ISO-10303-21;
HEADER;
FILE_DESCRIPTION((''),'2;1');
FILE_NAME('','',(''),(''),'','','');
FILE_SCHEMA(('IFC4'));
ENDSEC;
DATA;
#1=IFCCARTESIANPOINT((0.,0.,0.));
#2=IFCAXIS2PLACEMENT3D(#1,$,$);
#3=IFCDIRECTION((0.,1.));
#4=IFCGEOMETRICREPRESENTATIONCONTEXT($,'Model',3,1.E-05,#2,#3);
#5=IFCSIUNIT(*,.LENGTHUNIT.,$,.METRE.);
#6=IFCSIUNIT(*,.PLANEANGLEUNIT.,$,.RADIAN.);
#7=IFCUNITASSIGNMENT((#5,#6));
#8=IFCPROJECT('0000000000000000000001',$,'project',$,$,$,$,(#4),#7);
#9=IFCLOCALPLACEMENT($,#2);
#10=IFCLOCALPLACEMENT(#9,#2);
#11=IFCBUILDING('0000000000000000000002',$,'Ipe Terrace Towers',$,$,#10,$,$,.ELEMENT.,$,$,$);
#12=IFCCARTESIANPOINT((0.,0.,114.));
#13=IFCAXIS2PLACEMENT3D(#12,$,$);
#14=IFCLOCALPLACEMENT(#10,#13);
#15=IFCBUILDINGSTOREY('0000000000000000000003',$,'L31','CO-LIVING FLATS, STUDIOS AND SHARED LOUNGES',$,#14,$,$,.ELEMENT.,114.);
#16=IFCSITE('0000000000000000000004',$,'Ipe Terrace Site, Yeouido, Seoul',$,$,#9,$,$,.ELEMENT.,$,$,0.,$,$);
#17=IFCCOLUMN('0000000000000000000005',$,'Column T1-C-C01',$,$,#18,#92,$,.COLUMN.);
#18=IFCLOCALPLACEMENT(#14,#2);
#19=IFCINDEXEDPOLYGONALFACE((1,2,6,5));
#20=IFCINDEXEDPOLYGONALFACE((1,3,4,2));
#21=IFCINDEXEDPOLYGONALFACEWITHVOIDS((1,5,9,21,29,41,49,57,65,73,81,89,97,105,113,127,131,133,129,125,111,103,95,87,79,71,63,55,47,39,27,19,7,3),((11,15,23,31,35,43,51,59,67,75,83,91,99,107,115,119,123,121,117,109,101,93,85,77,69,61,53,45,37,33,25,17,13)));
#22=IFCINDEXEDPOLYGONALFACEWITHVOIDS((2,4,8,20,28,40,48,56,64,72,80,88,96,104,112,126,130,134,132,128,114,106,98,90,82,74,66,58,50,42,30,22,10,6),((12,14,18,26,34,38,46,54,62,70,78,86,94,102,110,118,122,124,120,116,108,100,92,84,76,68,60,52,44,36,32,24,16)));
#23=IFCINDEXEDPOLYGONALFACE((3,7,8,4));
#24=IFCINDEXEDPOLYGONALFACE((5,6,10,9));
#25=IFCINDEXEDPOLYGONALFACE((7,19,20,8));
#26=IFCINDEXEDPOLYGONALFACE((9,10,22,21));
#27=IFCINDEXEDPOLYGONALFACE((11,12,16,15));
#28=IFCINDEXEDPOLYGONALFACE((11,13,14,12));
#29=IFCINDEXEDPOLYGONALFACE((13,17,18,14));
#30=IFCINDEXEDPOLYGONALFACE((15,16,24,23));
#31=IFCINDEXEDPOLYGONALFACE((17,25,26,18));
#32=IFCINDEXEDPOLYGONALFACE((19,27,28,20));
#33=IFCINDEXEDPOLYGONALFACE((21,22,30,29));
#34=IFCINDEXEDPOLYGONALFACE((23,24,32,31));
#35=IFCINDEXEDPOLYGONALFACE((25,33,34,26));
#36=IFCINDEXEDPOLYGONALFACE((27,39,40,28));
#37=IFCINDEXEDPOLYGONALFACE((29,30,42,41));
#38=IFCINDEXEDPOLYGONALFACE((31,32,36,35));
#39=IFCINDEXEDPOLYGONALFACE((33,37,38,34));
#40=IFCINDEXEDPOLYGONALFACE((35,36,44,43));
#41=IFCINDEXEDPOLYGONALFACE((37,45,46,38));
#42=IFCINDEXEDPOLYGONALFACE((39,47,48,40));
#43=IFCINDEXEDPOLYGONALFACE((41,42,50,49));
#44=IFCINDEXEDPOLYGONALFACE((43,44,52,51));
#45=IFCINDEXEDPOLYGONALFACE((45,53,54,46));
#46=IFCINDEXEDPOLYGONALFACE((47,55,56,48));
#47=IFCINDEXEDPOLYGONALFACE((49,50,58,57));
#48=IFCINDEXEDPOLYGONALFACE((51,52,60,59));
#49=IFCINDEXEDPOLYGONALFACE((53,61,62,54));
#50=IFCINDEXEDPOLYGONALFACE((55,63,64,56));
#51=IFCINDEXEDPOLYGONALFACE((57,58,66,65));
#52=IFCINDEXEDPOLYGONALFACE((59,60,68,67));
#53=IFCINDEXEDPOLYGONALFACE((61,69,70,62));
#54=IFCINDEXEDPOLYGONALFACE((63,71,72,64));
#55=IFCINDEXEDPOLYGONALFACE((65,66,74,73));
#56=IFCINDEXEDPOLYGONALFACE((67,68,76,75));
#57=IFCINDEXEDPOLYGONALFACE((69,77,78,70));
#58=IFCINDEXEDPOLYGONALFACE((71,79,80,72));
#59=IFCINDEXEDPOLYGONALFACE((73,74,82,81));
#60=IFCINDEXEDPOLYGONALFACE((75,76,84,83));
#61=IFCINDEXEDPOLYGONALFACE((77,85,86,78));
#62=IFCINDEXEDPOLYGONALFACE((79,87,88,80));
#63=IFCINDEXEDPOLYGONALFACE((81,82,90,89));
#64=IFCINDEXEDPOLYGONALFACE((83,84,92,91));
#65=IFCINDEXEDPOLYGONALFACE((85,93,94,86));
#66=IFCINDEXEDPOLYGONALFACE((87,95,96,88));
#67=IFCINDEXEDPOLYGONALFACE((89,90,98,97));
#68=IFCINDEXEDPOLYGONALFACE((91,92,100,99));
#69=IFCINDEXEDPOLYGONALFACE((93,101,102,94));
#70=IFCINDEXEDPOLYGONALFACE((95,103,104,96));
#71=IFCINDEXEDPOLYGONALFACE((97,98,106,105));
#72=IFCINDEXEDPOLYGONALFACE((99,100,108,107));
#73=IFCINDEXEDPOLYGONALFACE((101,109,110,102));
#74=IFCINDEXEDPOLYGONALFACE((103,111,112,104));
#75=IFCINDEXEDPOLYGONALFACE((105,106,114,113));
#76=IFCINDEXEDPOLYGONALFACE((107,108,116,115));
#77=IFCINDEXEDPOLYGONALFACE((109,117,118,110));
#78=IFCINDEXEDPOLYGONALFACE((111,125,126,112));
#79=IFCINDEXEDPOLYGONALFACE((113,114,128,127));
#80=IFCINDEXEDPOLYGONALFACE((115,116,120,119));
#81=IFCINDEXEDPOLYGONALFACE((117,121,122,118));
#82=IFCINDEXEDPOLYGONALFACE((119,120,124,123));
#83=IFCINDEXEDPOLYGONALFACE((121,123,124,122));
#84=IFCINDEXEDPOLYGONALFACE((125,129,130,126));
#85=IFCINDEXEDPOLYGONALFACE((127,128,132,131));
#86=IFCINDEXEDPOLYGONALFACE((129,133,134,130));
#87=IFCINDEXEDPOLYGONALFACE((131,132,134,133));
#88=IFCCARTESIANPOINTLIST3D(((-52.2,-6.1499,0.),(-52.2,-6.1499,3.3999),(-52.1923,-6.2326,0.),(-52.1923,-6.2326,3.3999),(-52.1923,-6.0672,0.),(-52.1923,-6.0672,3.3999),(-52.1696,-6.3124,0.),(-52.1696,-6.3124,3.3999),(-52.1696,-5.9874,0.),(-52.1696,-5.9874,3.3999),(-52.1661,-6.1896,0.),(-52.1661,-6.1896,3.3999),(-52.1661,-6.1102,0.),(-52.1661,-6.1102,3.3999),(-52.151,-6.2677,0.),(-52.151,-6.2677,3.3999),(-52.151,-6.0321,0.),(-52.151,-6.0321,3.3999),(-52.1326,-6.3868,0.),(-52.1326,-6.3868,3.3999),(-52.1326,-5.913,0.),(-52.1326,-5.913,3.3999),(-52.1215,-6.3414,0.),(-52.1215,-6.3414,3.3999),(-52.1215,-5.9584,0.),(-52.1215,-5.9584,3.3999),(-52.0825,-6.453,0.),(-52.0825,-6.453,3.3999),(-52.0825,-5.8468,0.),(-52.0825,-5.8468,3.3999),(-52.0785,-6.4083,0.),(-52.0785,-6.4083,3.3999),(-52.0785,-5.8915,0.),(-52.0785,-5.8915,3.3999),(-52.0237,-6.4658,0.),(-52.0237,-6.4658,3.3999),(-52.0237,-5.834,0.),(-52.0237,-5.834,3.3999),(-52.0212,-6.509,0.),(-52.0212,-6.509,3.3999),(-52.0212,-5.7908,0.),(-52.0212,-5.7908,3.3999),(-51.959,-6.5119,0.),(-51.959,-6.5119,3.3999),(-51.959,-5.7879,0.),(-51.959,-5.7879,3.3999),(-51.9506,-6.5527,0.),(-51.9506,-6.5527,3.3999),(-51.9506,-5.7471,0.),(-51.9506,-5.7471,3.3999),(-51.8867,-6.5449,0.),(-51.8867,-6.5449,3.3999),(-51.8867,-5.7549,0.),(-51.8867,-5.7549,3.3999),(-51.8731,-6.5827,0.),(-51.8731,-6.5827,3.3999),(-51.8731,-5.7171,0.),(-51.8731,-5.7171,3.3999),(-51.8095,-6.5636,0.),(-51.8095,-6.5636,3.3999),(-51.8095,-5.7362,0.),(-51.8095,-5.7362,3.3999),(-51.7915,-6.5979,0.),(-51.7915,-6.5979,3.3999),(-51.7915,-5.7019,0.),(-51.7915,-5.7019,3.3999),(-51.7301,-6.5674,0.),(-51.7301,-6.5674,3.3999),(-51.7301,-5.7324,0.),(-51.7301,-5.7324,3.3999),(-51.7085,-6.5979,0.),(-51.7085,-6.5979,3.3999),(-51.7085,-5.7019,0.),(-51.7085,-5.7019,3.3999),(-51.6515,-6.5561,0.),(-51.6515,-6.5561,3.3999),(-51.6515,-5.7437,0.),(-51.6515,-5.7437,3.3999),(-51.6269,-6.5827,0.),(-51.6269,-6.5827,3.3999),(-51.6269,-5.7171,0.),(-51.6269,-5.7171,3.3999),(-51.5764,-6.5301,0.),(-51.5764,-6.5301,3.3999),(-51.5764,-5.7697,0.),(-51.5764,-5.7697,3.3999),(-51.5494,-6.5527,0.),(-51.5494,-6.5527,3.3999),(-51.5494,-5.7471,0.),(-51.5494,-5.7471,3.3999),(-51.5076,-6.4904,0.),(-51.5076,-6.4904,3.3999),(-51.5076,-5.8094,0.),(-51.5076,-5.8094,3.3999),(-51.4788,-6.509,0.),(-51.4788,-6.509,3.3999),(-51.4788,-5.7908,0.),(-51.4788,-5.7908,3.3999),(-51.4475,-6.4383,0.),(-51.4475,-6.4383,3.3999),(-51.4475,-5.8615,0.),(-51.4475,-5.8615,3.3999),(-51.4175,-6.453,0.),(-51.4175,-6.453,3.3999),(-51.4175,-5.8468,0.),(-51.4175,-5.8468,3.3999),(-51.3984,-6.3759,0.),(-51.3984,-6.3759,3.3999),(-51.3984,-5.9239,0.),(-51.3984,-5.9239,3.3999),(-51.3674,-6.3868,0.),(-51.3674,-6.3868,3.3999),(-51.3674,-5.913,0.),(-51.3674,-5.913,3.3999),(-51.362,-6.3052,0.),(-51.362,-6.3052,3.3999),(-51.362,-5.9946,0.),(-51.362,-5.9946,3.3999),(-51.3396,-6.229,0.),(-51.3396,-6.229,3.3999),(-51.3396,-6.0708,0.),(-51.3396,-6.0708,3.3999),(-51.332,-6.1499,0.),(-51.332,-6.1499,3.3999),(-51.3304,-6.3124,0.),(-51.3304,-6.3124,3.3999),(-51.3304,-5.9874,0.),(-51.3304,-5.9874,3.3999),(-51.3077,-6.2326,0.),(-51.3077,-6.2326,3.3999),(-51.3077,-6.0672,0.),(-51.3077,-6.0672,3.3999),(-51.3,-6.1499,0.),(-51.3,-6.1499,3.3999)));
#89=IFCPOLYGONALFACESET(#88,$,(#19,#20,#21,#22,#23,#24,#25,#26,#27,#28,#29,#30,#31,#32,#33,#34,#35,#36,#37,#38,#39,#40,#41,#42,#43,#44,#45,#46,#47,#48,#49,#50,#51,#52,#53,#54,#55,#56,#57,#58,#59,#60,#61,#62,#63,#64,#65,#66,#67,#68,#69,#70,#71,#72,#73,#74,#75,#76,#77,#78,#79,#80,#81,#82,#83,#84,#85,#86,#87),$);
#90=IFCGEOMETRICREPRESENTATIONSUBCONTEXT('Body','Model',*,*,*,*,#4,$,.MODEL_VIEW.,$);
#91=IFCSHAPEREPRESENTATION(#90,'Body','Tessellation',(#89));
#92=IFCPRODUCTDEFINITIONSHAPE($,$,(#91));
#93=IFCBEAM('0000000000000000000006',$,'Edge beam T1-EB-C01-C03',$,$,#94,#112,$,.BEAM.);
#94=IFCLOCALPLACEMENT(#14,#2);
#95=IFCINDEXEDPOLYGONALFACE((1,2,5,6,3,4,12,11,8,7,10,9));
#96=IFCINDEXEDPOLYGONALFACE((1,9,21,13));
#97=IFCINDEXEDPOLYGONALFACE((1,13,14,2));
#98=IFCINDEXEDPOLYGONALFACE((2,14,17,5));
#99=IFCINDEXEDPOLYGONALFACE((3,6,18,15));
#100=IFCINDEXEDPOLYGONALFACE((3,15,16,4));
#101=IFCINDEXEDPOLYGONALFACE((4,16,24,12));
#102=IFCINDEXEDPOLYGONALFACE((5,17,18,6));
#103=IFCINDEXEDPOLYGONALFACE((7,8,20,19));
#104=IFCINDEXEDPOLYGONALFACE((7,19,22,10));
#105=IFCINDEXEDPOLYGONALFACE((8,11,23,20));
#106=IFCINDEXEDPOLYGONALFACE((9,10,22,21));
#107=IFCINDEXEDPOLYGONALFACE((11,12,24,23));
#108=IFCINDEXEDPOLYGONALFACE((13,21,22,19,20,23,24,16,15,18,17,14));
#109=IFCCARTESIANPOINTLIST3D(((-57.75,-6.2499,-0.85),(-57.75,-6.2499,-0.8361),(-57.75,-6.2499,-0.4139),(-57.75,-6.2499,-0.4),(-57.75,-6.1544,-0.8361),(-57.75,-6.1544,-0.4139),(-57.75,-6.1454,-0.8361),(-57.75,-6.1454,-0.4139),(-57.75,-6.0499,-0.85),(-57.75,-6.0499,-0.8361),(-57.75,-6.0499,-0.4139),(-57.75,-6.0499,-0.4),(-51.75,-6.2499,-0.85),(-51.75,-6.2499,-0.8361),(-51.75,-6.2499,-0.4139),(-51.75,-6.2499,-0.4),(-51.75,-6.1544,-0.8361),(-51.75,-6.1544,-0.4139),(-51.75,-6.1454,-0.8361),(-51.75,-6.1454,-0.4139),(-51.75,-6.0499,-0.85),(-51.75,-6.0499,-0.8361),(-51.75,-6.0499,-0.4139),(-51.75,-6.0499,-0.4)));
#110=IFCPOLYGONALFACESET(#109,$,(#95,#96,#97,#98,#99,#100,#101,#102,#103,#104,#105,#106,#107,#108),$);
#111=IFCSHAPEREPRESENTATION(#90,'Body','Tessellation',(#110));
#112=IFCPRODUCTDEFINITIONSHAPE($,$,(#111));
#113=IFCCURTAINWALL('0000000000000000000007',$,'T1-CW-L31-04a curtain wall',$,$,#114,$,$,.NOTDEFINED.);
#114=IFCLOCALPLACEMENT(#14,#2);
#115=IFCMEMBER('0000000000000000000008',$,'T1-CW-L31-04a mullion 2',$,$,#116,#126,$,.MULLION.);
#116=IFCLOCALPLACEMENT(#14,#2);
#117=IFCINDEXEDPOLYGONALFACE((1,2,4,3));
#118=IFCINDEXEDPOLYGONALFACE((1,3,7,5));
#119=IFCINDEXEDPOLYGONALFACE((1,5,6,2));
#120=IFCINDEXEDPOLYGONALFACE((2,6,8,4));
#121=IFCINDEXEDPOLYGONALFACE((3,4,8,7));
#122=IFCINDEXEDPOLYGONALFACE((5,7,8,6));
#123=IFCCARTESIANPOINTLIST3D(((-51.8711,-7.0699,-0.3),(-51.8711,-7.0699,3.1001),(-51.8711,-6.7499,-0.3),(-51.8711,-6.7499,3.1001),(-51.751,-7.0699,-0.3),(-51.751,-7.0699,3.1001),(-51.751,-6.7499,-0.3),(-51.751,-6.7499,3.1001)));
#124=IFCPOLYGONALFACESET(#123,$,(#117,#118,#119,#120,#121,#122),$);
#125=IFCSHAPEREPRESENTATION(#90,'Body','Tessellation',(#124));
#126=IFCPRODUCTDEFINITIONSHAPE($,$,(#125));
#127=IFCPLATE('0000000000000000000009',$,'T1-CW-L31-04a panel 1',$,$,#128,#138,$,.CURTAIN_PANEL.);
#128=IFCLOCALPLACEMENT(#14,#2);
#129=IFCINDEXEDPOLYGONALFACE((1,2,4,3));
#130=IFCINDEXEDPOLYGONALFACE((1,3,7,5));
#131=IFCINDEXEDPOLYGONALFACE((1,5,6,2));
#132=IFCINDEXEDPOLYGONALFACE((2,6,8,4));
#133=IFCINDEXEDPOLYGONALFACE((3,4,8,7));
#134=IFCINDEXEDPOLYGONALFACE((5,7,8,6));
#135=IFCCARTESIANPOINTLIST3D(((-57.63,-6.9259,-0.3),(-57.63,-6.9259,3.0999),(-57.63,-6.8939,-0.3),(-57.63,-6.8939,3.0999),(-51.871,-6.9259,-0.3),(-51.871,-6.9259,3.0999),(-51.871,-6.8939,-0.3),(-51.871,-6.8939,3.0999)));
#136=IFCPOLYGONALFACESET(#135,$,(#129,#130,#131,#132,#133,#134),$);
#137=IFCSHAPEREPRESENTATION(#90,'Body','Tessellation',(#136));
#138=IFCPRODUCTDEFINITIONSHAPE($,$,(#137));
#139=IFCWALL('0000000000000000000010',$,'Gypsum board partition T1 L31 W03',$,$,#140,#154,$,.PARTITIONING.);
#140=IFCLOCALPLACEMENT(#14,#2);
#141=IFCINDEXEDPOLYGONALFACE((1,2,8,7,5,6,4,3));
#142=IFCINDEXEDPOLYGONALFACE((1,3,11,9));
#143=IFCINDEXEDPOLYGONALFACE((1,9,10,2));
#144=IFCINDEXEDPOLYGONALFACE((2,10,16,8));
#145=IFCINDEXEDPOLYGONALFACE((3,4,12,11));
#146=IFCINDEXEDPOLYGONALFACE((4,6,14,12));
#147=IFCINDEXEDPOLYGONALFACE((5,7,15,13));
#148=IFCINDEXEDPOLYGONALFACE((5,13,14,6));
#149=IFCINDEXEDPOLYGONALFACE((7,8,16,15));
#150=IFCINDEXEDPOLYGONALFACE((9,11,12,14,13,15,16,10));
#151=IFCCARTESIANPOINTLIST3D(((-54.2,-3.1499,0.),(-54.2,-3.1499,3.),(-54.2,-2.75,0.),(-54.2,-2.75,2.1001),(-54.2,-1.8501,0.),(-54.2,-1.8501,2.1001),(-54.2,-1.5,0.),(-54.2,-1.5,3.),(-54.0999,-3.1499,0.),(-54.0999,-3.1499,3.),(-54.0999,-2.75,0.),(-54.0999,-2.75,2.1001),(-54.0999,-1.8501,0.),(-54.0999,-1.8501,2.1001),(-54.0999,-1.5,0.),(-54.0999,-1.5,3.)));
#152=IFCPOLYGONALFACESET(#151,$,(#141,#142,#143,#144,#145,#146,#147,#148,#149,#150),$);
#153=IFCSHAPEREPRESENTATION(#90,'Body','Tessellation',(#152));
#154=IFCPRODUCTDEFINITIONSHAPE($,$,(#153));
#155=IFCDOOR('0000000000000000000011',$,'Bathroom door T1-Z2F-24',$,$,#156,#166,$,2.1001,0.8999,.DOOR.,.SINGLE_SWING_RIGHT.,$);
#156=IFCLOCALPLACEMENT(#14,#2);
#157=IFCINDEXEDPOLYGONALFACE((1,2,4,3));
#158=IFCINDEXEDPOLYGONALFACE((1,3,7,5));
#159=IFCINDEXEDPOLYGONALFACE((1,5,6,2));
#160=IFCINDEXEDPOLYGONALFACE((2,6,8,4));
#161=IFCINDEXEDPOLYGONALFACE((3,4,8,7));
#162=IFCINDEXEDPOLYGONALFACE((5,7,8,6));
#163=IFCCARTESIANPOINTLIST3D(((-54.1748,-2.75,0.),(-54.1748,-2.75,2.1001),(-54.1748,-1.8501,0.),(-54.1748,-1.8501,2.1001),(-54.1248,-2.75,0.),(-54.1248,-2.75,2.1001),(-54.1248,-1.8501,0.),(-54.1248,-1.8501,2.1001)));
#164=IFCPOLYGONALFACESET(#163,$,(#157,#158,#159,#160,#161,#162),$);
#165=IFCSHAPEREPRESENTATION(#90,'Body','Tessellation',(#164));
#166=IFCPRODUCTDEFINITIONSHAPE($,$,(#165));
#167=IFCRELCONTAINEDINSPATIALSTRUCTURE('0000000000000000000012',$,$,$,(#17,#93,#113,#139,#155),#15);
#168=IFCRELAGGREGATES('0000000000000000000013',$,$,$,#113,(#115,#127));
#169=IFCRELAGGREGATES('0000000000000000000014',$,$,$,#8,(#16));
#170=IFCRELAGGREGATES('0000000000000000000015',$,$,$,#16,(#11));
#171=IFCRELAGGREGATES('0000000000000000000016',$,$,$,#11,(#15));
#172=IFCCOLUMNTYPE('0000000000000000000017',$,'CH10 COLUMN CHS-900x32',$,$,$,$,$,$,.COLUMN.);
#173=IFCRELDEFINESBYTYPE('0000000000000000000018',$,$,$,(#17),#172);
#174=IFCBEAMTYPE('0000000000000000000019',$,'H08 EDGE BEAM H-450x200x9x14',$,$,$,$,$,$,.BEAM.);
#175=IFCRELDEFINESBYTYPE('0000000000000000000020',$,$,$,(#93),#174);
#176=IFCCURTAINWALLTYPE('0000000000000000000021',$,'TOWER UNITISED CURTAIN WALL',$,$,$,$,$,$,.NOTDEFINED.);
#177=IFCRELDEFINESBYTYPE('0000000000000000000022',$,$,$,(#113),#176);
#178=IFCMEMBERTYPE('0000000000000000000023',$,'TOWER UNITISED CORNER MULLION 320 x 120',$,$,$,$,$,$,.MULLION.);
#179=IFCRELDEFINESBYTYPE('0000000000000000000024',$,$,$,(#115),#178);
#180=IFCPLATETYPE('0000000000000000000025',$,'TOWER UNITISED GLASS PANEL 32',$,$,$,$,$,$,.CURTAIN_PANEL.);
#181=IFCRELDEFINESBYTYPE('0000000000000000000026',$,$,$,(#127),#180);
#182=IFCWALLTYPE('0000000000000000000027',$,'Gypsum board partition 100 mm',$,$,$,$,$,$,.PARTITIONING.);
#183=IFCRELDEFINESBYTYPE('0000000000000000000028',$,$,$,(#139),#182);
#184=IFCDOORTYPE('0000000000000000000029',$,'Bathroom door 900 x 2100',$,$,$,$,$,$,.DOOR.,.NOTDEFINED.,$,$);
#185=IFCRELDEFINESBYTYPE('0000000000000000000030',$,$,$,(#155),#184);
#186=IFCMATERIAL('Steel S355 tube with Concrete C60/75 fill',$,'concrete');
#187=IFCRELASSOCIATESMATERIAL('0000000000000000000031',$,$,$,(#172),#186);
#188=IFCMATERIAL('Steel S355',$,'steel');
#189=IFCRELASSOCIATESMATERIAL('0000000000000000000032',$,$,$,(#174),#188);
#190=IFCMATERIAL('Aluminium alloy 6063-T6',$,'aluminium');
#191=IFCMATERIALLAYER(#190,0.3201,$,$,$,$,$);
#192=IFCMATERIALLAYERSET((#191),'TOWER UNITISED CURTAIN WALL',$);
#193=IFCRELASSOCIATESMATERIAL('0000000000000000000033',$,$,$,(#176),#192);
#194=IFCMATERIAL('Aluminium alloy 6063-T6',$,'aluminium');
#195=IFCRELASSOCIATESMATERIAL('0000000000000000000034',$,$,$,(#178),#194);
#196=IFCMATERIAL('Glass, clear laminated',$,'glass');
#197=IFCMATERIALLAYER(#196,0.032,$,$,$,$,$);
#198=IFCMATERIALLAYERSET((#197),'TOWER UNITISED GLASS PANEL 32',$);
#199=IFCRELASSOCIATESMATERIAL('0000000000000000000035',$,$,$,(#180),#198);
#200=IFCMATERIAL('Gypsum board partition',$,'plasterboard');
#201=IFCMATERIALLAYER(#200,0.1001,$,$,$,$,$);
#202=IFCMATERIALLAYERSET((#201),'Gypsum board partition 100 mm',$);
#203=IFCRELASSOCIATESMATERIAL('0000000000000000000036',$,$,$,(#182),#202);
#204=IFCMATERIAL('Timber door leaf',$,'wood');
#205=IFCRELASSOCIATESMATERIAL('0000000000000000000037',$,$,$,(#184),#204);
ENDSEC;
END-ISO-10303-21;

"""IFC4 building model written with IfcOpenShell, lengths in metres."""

from ifc_helpers import new_model, si_unit, direction, frame, frame_2d, origin, origin_2d, place, context, subcontext, project, spatial, rectangle, hollow_circle, i_section, extrude, material, layer, layer_set, material_profile, profile_set, type_object, element, fill, aggregate, save


model = new_model("IFC4")

# Units and contexts
model_context = context("Model", 3, precision=1e-05, world=origin(), true_north=direction((0.0, 1.0)))
body_context = subcontext(model_context, "Body", "Model", "MODEL_VIEW")
ifc_project = project(units=[si_unit("LENGTHUNIT", "METRE"), si_unit("PLANEANGLEUNIT", "RADIAN")], contexts=[model_context])

# Site, building, storey
site_placement = place(None, origin())
site = spatial("IfcSite", under=ifc_project, at=site_placement, Name="Ipe Terrace Site, Yeouido, Seoul", CompositionType="ELEMENT", RefElevation=0.0)
building_placement = place(site_placement, origin())
building = spatial("IfcBuilding", under=site, at=building_placement, Name="Ipe Terrace Towers", CompositionType="ELEMENT")
storey_placement = place(building_placement, frame((0.0, 0.0, 114.0)))
storey = spatial("IfcBuildingStorey", under=building, at=storey_placement, Name="L31", Description="CO-LIVING FLATS, STUDIOS AND SHARED LOUNGES", CompositionType="ELEMENT", Elevation=114.0)

# Column
ifc_material_1 = material(Name="Steel S355 tube with Concrete C60/75 fill", Category="concrete")
ifc_material_profile_1 = material_profile(ifc_material_1, hollow_circle(Radius=0.45, WallThickness=0.032, at=origin_2d()), Name="CHS-900x32")
ifc_profile_set_1 = profile_set([ifc_material_profile_1], Name="Steel S355 tube with Concrete C60/75 fill")
column_type = type_object("IfcColumnType", Name="CH10 COLUMN CHS-900x32", PredefinedType="COLUMN", material=ifc_profile_set_1)
column_placement = place(storey_placement, frame((-51.75, -6.1499, 0.0), z_axis=(0.0, 0.0, 1.0), x_axis=(1.0, 0.0, 0.0)))
element("IfcColumn", 1, at=column_placement, inside=storey, type_object=column_type, Name="Column T1-C-C01", PredefinedType="COLUMN", context=body_context, shape_type="SweptSolid", body=[
    extrude(hollow_circle(Radius=0.45, WallThickness=0.032, at=origin_2d()), origin(), (0.0, 0.0, 1.0), 3.3999),
])

# Beam
ifc_material_2 = material(Name="Steel S355", Category="steel")
ifc_material_profile_2 = material_profile(ifc_material_2, i_section(OverallWidth=0.2, OverallDepth=0.45, WebThickness=0.009, FlangeThickness=0.0139, at=origin_2d()), Name="H-450x200x9x14")
ifc_profile_set_2 = profile_set([ifc_material_profile_2], Name="Steel S355")
beam_type = type_object("IfcBeamType", Name="H08 EDGE BEAM H-450x200x9x14", PredefinedType="BEAM", material=ifc_profile_set_2)
beam_placement = place(storey_placement, frame((-51.75, -6.1499, -0.625), z_axis=(-1.0, 0.0, 0.0), x_axis=(0.0, -1.0, 0.0)))
element("IfcBeam", 2, at=beam_placement, inside=storey, type_object=beam_type, Name="Edge beam T1-EB-C01-C03", PredefinedType="BEAM", context=body_context, shape_type="SweptSolid", body=[
    extrude(i_section(OverallWidth=0.2, OverallDepth=0.45, WebThickness=0.009, FlangeThickness=0.0139, at=origin_2d()), origin(), (0.0, 0.0, 1.0), 6.0),
])

# Curtain wall, member, plate
ifc_material_3 = material(Name="Aluminium alloy 6063-T6", Category="aluminium")
ifc_layer_1 = layer(ifc_material_3, 0.3201)
ifc_layer_set_1 = layer_set([ifc_layer_1], Name="TOWER UNITISED CURTAIN WALL")
curtain_wall_type = type_object("IfcCurtainWallType", Name="TOWER UNITISED CURTAIN WALL", PredefinedType="NOTDEFINED", material=ifc_layer_set_1)
curtain_wall_placement = place(storey_placement, origin())
curtain_wall = element("IfcCurtainWall", 3, at=curtain_wall_placement, inside=storey, type_object=curtain_wall_type, Name="T1-CW-L31-04a curtain wall", PredefinedType="NOTDEFINED")
ifc_material_4 = material(Name="Aluminium alloy 6063-T6", Category="aluminium")
ifc_material_profile_3 = material_profile(ifc_material_4, rectangle(XDim=0.3201, YDim=0.1201, at=origin_2d()), Name="TOWER UNITISED CORNER MULLION 320 x 120")
ifc_profile_set_3 = profile_set([ifc_material_profile_3], Name="Aluminium alloy 6063-T6")
member_type = type_object("IfcMemberType", Name="TOWER UNITISED CORNER MULLION 320 x 120", PredefinedType="MULLION", material=ifc_profile_set_3)
member_placement = place(storey_placement, frame((-51.811, -6.9099, -0.3), z_axis=(0.0, 0.0, 1.0), x_axis=(0.0, -1.0, 0.0)))
member = element("IfcMember", 4, at=member_placement, type_object=member_type, Name="T1-CW-L31-04a mullion 2", PredefinedType="MULLION", context=body_context, shape_type="SweptSolid", body=[
    extrude(rectangle(XDim=0.3201, YDim=0.1201, at=origin_2d()), origin(), (0.0, 0.0, 1.0), 3.4001),
])
ifc_material_5 = material(Name="Glass, clear laminated", Category="glass")
ifc_layer_2 = layer(ifc_material_5, 0.032)
ifc_layer_set_2 = layer_set([ifc_layer_2], Name="TOWER UNITISED GLASS PANEL 32")
plate_type = type_object("IfcPlateType", Name="TOWER UNITISED GLASS PANEL 32", PredefinedType="CURTAIN_PANEL", material=ifc_layer_set_2)
plate_placement = place(storey_placement, frame((-54.7505, -6.9099, -0.3), z_axis=(0.0, 0.0, 1.0), x_axis=(1.0, 0.0, 0.0)))
plate = element("IfcPlate", 5, at=plate_placement, type_object=plate_type, Name="T1-CW-L31-04a panel 1", PredefinedType="CURTAIN_PANEL", context=body_context, shape_type="SweptSolid", body=[
    extrude(rectangle(XDim=5.759, YDim=0.032, at=origin_2d()), origin(), (0.0, 0.0, 1.0), 3.3999),
])
aggregate(curtain_wall, [member, plate])

# Wall, opening, door
ifc_material_6 = material(Name="Gypsum board partition", Category="plasterboard")
ifc_layer_3 = layer(ifc_material_6, 0.1001)
ifc_layer_set_3 = layer_set([ifc_layer_3], Name="Gypsum board partition 100 mm")
wall_type_1 = type_object("IfcWallType", Name="Gypsum board partition 100 mm", PredefinedType="PARTITIONING", material=ifc_layer_set_3)
wall_1_placement = place(storey_placement, frame((-54.1499, -3.1499, 0.0), z_axis=(0.0, 0.0, 1.0), x_axis=(0.0, 1.0, 0.0)))
wall_1 = element("IfcWall", 6, at=wall_1_placement, inside=storey, type_object=wall_type_1, Name="Gypsum board partition T1 L31 W03", PredefinedType="PARTITIONING", context=body_context, shape_type="SweptSolid", body=[
    extrude(rectangle(XDim=1.6499, YDim=0.1001, at=frame_2d((0.825, 0.0))), origin(), (0.0, 0.0, 1.0), 3.0),
])
opening_1_placement = place(wall_1_placement, frame((0.3999, 0.0, 0.0)))
opening_1 = element("IfcOpeningElement", 7, at=opening_1_placement, cuts=wall_1, PredefinedType="OPENING", context=body_context, shape_type="SweptSolid", body=[
    extrude(rectangle(XDim=0.8999, YDim=2.1001, at=frame_2d((0.45, 1.05))), frame((0.0, 0.0601, 0.0), z_axis=(0.0, -1.0, 0.0), x_axis=(1.0, 0.0, 0.0)), (0.0, 0.0, 1.0), 0.1201),
])
ifc_material_7 = material(Name="Timber door leaf", Category="wood")
door_type_1 = type_object("IfcDoorType", Name="Bathroom door 900 x 2100", OperationType="NOTDEFINED", PredefinedType="DOOR", material=ifc_material_7)
door_1_placement = place(opening_1_placement, origin())
door_1 = element("IfcDoor", 8, at=door_1_placement, inside=storey, type_object=door_type_1, Name="Bathroom door T1-Z2F-24", OperationType="SINGLE_SWING_RIGHT", OverallHeight=2.1001, OverallWidth=0.8999, PredefinedType="DOOR", context=body_context, shape_type="SweptSolid", body=[
    extrude(rectangle(XDim=0.8999, YDim=2.1001, at=frame_2d((0.45, 1.05))), frame((0.0, 0.0249, 0.0), z_axis=(0.0, -1.0, 0.0), x_axis=(1.0, 0.0, 0.0)), (0.0, 0.0, 1.0), 0.05),
])
fill(opening_1, door_1)

save(model, "model.ifc")
